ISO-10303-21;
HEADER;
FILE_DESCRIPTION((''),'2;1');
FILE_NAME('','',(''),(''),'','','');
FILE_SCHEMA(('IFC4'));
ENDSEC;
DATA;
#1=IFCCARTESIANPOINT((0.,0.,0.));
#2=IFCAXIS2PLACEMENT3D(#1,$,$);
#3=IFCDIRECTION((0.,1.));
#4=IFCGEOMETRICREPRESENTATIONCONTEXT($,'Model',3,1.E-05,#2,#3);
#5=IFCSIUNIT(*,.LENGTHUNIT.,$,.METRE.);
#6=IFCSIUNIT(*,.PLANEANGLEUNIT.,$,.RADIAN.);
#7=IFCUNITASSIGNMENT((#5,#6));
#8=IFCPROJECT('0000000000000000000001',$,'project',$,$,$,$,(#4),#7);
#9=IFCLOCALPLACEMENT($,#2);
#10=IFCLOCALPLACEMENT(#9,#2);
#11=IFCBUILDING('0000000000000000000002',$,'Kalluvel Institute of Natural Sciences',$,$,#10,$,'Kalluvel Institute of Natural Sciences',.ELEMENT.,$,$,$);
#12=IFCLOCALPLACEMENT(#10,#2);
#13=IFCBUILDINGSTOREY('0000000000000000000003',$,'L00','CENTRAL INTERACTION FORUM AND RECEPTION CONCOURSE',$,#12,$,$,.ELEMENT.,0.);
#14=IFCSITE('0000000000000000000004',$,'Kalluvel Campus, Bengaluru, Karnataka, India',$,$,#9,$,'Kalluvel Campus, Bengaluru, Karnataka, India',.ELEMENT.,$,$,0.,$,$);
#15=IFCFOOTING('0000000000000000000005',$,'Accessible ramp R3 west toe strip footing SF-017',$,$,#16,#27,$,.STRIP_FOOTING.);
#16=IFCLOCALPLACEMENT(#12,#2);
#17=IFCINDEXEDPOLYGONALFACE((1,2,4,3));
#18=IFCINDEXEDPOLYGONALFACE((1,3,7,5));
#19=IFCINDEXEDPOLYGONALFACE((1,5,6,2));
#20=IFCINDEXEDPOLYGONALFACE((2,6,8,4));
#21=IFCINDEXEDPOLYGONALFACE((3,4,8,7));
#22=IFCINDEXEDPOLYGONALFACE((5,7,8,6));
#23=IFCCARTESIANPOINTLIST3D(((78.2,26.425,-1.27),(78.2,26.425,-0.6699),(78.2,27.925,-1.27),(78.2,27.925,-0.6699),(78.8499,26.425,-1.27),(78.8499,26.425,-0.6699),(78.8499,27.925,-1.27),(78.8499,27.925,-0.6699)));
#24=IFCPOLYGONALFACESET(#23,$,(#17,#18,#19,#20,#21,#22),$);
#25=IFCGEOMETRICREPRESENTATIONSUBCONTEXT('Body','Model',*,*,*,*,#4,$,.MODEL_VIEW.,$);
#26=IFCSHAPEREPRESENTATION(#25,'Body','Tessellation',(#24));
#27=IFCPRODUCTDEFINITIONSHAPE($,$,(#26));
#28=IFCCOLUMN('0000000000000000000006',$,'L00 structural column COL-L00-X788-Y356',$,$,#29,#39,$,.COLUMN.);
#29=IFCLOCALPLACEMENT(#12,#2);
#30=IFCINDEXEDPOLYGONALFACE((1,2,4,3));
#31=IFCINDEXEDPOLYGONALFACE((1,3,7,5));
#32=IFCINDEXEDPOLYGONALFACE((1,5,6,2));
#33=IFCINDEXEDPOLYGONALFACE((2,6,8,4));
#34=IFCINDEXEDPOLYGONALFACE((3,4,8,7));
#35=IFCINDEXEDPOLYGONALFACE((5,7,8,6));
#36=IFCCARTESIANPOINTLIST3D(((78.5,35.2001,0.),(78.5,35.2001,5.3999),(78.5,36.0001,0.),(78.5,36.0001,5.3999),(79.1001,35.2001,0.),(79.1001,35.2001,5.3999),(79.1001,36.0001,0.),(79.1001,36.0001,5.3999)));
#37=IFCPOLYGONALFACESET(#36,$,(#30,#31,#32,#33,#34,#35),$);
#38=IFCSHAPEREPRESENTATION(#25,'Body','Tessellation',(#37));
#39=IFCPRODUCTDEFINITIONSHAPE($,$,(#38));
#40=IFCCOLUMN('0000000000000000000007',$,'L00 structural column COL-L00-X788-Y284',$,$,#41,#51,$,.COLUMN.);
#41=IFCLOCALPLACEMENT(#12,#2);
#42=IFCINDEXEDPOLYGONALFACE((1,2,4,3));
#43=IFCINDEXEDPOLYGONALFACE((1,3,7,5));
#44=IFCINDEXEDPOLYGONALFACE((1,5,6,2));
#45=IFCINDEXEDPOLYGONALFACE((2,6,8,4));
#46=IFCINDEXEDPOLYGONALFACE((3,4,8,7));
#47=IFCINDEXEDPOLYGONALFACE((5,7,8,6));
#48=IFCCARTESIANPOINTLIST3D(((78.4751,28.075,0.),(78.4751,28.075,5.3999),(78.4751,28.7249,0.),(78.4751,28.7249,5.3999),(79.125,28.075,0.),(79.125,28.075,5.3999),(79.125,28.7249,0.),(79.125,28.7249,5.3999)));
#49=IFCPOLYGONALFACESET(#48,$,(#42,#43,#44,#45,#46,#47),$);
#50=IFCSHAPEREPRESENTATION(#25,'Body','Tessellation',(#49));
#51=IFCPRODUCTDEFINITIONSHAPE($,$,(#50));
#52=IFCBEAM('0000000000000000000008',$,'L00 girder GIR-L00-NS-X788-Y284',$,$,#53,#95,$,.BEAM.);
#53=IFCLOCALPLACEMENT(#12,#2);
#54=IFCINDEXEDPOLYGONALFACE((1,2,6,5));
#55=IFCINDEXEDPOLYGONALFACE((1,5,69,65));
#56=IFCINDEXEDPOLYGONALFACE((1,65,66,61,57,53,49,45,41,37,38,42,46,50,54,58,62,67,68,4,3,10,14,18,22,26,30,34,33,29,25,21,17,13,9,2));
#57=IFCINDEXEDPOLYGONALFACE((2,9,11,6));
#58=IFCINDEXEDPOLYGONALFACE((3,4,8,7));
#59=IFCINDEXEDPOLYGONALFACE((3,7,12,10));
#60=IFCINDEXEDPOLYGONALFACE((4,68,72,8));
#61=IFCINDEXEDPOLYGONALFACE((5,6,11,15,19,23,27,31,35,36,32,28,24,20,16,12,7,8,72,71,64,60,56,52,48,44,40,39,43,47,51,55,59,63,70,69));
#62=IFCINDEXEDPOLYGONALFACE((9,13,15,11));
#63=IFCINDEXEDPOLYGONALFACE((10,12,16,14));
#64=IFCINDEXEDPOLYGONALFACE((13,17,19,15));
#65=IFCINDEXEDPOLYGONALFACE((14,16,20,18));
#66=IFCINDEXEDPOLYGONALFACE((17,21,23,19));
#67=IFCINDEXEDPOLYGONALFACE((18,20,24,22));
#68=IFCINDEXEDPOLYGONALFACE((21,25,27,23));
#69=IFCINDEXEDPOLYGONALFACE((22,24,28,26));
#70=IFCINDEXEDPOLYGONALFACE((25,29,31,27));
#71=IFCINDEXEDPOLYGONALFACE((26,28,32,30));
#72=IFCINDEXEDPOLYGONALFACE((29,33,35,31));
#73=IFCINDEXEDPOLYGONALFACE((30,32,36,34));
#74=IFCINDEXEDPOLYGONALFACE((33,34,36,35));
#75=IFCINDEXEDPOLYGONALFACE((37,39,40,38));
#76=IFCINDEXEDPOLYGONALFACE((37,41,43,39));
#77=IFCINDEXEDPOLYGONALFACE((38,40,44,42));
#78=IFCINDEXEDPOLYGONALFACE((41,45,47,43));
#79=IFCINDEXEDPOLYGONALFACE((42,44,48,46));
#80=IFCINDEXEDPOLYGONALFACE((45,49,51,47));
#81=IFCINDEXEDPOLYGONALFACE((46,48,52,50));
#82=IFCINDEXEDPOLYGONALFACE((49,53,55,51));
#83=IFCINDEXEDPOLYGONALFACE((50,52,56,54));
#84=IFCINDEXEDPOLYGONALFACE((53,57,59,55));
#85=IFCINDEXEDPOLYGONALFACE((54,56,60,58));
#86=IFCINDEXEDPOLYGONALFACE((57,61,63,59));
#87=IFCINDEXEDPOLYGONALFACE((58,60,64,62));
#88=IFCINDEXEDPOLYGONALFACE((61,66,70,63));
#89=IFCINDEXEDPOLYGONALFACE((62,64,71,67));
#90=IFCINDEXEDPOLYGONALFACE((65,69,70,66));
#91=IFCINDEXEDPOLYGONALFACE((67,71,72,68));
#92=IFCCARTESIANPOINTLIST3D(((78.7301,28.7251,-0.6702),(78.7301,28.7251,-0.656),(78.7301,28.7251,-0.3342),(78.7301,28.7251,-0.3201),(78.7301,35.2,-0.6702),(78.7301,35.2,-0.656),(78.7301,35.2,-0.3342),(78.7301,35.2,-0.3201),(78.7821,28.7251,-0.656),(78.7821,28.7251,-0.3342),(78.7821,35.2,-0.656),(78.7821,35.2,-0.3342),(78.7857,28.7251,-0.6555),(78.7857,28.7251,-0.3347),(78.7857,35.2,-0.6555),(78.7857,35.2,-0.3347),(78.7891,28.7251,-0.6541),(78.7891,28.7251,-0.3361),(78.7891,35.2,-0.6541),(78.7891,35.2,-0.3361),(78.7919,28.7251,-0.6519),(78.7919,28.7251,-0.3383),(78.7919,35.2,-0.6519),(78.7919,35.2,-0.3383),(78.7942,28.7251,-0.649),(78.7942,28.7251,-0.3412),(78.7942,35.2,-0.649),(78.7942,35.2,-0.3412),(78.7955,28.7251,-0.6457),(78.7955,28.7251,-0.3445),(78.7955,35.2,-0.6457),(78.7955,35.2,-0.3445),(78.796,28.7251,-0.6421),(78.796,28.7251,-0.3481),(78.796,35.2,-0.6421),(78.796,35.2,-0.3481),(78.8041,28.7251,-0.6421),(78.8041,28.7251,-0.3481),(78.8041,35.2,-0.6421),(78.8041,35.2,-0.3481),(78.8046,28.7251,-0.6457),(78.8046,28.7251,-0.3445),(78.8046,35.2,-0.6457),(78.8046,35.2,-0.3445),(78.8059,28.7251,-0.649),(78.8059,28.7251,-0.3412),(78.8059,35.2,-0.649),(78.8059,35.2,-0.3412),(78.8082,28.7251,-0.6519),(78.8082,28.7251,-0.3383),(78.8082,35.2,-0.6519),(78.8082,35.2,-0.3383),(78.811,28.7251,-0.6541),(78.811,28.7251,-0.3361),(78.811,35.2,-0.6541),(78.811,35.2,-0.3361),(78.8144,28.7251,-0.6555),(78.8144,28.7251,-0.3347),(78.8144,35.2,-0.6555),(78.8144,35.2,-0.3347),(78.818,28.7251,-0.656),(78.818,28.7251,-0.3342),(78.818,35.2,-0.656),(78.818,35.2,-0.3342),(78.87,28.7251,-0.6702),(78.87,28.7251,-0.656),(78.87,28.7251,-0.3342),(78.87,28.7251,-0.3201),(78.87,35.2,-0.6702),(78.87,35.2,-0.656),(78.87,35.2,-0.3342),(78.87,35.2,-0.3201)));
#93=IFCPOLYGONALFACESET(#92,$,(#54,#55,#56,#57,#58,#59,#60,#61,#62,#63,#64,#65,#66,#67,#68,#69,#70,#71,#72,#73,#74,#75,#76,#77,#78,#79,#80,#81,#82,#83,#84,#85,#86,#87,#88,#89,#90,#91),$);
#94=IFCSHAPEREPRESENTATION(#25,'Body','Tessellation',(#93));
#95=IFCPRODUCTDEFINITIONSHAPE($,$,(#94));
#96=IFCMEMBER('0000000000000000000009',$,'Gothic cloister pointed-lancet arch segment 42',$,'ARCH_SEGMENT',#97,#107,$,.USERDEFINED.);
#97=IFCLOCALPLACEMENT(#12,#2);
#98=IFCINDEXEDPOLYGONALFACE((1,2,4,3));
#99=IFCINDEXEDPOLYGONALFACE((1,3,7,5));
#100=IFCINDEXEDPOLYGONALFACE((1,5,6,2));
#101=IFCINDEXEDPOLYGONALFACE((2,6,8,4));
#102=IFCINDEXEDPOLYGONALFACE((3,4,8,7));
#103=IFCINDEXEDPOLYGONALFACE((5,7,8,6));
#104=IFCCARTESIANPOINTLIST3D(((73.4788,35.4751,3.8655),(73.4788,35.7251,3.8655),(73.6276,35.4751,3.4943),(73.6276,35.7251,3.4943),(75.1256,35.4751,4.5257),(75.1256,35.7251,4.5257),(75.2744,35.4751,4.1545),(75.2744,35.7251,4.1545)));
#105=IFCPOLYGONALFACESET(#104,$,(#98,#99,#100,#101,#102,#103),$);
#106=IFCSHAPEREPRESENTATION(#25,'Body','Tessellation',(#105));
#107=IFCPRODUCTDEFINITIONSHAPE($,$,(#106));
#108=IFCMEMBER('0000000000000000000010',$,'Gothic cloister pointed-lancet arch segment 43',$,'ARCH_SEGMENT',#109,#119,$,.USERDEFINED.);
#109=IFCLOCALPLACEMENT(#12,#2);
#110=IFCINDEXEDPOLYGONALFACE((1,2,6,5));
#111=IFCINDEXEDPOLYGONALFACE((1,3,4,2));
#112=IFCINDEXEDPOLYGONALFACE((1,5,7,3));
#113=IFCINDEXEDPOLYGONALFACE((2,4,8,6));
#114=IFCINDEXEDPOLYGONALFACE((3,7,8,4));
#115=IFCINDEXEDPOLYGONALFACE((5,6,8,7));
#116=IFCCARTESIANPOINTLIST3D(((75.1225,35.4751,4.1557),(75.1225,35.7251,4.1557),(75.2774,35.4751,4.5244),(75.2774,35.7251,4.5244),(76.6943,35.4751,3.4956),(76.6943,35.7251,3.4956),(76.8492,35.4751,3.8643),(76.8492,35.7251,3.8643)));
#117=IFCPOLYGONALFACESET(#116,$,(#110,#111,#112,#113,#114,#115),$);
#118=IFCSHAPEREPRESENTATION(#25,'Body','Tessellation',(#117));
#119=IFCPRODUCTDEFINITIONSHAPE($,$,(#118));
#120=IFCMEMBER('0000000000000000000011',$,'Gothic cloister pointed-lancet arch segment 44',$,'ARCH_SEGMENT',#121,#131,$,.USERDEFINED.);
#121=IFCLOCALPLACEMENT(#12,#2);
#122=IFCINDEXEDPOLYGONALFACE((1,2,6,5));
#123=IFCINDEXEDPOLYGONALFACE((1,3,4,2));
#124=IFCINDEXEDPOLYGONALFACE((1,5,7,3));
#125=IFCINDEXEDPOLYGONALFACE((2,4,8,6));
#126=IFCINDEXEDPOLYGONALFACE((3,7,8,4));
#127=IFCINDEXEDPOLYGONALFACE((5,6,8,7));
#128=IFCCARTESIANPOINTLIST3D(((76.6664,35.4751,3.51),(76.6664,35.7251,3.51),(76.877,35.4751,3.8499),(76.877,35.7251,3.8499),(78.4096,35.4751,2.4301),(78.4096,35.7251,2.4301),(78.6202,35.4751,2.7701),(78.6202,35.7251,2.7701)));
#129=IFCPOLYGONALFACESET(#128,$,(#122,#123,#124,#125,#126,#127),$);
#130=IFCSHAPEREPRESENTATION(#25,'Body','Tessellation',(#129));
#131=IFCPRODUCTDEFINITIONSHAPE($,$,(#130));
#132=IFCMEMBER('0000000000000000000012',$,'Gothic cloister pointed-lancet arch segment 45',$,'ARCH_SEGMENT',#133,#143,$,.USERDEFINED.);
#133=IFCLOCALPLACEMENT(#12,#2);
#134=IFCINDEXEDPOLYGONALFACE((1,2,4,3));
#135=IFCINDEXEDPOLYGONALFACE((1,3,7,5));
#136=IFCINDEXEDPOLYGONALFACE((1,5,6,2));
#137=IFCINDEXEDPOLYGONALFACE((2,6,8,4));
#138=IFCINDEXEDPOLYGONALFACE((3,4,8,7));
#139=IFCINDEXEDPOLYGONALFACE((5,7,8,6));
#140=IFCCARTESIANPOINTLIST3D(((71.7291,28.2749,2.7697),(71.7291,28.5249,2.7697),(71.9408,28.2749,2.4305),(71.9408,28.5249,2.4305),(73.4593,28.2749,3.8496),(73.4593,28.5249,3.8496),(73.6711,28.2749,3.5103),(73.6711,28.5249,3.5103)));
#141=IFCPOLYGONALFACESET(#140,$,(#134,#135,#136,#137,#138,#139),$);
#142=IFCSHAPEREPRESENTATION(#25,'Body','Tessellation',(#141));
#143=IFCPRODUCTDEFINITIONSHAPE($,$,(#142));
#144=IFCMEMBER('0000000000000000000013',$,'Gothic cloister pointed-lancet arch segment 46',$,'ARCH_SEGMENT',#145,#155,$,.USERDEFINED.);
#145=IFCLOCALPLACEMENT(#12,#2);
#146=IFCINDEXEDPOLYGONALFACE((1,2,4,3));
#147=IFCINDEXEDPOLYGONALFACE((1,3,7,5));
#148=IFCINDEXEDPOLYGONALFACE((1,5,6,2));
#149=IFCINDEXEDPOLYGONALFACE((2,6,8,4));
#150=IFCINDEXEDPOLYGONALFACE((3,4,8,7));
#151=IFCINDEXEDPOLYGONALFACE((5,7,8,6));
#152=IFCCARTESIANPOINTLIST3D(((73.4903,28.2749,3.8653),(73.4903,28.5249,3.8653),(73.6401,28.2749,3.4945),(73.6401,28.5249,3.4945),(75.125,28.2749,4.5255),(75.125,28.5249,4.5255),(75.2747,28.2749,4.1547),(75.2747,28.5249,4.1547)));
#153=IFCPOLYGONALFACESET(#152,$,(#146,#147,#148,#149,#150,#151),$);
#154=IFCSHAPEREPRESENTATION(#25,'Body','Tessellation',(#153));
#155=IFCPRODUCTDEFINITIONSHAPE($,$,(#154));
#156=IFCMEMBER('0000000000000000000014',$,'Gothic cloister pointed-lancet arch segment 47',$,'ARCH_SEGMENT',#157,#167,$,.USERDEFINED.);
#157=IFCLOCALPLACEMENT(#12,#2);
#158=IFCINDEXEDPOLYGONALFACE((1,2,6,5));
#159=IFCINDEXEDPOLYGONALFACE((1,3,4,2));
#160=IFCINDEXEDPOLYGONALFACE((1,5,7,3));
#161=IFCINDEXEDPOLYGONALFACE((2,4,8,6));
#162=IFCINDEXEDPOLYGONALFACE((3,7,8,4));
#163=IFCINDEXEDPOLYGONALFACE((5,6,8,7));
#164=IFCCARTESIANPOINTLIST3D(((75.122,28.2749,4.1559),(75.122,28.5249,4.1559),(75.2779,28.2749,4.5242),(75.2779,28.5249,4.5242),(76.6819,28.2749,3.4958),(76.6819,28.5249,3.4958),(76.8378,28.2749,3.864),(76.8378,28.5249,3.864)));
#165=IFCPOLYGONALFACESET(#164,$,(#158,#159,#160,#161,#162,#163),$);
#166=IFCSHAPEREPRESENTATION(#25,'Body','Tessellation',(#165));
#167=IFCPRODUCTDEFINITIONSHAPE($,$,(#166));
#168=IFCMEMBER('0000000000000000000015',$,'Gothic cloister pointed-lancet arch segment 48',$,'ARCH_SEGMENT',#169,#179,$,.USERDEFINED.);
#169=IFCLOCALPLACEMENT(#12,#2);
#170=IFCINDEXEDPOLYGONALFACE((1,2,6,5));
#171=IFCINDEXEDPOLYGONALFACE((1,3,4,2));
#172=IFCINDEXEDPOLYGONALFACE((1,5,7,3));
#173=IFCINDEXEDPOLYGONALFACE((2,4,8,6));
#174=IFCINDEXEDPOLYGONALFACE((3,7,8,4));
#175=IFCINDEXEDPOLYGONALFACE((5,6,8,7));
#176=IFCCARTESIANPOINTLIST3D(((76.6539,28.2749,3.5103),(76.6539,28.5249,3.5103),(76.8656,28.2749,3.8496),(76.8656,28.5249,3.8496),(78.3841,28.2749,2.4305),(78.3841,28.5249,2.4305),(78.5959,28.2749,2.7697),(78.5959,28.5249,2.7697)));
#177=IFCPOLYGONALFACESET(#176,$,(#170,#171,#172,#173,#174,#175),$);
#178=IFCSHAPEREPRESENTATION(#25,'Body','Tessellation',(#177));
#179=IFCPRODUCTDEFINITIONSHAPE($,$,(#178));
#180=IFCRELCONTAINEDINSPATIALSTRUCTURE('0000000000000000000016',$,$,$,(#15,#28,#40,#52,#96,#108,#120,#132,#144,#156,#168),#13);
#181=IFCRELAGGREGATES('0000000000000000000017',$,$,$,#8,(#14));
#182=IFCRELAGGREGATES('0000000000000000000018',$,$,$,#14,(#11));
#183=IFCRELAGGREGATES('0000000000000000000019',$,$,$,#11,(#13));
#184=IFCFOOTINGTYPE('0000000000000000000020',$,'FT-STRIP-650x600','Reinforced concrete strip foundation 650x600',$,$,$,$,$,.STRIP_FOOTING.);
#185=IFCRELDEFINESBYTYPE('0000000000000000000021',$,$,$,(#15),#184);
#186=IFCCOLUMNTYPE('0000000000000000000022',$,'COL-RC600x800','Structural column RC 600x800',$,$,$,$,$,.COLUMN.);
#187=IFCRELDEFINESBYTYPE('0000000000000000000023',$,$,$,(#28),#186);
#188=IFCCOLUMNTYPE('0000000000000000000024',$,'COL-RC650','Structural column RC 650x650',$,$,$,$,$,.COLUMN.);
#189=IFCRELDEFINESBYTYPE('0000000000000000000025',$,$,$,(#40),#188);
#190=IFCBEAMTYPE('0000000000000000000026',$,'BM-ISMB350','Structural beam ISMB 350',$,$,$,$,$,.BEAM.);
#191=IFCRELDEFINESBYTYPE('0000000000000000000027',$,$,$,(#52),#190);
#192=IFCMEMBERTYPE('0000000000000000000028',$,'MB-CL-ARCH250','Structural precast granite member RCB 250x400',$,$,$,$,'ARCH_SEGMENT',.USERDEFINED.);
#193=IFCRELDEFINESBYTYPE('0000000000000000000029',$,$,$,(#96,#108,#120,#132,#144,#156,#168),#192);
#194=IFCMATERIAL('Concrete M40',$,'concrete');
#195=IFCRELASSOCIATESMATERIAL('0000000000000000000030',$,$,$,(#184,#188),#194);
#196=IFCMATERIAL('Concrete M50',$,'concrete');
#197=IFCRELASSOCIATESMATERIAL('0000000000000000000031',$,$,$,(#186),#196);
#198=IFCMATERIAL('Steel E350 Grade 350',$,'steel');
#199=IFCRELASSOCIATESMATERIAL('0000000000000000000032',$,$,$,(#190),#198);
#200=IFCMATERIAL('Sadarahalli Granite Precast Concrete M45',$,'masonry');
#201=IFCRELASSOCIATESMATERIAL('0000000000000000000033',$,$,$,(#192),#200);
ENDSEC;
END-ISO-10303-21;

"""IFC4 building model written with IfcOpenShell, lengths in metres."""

from ifc_helpers import new_model, si_unit, direction, frame, origin, origin_2d, place, context, subcontext, project, spatial, rectangle, i_section, extrude, material, material_profile, profile_set, type_object, element, save


model = new_model("IFC4")

# Units and contexts
model_context = context("Model", 3, precision=1e-05, world=origin(), true_north=direction((0.0, 1.0)))
body_context = subcontext(model_context, "Body", "Model", "MODEL_VIEW")
ifc_project = project(units=[si_unit("LENGTHUNIT", "METRE"), si_unit("PLANEANGLEUNIT", "RADIAN")], contexts=[model_context])

# Site, building, storey
site_placement = place(None, origin())
site = spatial("IfcSite", under=ifc_project, at=site_placement, Name="Kalluvel Campus, Bengaluru, Karnataka, India", LongName="Kalluvel Campus, Bengaluru, Karnataka, India", CompositionType="ELEMENT", RefElevation=0.0)
building_placement = place(site_placement, origin())
building = spatial("IfcBuilding", under=site, at=building_placement, Name="Kalluvel Institute of Natural Sciences", LongName="Kalluvel Institute of Natural Sciences", CompositionType="ELEMENT")
storey_placement = place(building_placement, origin())
storey = spatial("IfcBuildingStorey", under=building, at=storey_placement, Name="L00", Description="CENTRAL INTERACTION FORUM AND RECEPTION CONCOURSE", CompositionType="ELEMENT", Elevation=0.0)

# Footing
ifc_material_1 = material(Name="Concrete M40", Category="concrete")
footing_type = type_object("IfcFootingType", Name="FT-STRIP-650x600", Description="Reinforced concrete strip foundation 650x600", PredefinedType="STRIP_FOOTING", material=ifc_material_1)
footing_placement = place(storey_placement, frame((78.5249, 27.175, -1.27), z_axis=(0.0, 0.0, 1.0), x_axis=(1.0, 0.0, 0.0)))
element("IfcFooting", 1, at=footing_placement, inside=storey, type_object=footing_type, Name="Accessible ramp R3 west toe strip footing SF-017", PredefinedType="STRIP_FOOTING", context=body_context, shape_type="SweptSolid", body=[
    extrude(rectangle(XDim=0.6499, YDim=1.5, at=origin_2d()), origin(), (0.0, 0.0, 1.0), 0.6001),
])

# Columns
ifc_material_2 = material(Name="Concrete M50", Category="concrete")
ifc_material_profile_1 = material_profile(ifc_material_2, rectangle(XDim=0.6001, YDim=0.8, at=origin_2d()), Name="RC 600x800")
ifc_profile_set_1 = profile_set([ifc_material_profile_1], Name="Concrete M50")
column_type_1 = type_object("IfcColumnType", Name="COL-RC600x800", Description="Structural column RC 600x800", PredefinedType="COLUMN", material=ifc_profile_set_1)
column_1_placement = place(storey_placement, frame((78.8, 35.6001, 0.0), z_axis=(0.0, 0.0, 1.0), x_axis=(1.0, 0.0, 0.0)))
element("IfcColumn", 2, at=column_1_placement, inside=storey, type_object=column_type_1, Name="L00 structural column COL-L00-X788-Y356", PredefinedType="COLUMN", context=body_context, shape_type="SweptSolid", body=[
    extrude(rectangle(XDim=0.6001, YDim=0.8, at=origin_2d()), origin(), (0.0, 0.0, 1.0), 5.3999),
])
ifc_material_profile_2 = material_profile(ifc_material_1, rectangle(XDim=0.6499, YDim=0.6499, at=origin_2d()), Name="RC 650x650")
ifc_profile_set_2 = profile_set([ifc_material_profile_2], Name="Concrete M40")
column_type_2 = type_object("IfcColumnType", Name="COL-RC650", Description="Structural column RC 650x650", PredefinedType="COLUMN", material=ifc_profile_set_2)
column_2_placement = place(storey_placement, frame((78.8, 28.3999, 0.0), z_axis=(0.0, 0.0, 1.0), x_axis=(1.0, 0.0, 0.0)))
element("IfcColumn", 3, at=column_2_placement, inside=storey, type_object=column_type_2, Name="L00 structural column COL-L00-X788-Y284", PredefinedType="COLUMN", context=body_context, shape_type="SweptSolid", body=[
    extrude(rectangle(XDim=0.6499, YDim=0.6499, at=origin_2d()), origin(), (0.0, 0.0, 1.0), 5.3999),
])

# Beam
ifc_material_3 = material(Name="Steel E350 Grade 350", Category="steel")
ifc_material_profile_3 = material_profile(ifc_material_3, i_section(OverallWidth=0.1399, OverallDepth=0.3501, WebThickness=0.0081, FlangeThickness=0.0142, FilletRadius=0.0139, at=origin_2d()), Name="ISMB 350")
ifc_profile_set_3 = profile_set([ifc_material_profile_3], Name="Steel E350 Grade 350")
beam_type_1 = type_object("IfcBeamType", Name="BM-ISMB350", Description="Structural beam ISMB 350", PredefinedType="BEAM", material=ifc_profile_set_3)
beam_1_placement = place(storey_placement, frame((78.8, 28.7251, -0.4951), z_axis=(0.0, 1.0, 0.0), x_axis=(-1.0, 0.0, 0.0)))
element("IfcBeam", 4, at=beam_1_placement, inside=storey, type_object=beam_type_1, Name="L00 girder GIR-L00-NS-X788-Y284", PredefinedType="BEAM", context=body_context, shape_type="SweptSolid", body=[
    extrude(i_section(OverallWidth=0.1399, OverallDepth=0.3501, WebThickness=0.0081, FlangeThickness=0.0142, FilletRadius=0.0139, at=origin_2d()), origin(), (0.0, 0.0, 1.0), 6.4749),
])

# Members
ifc_material_4 = material(Name="Sadarahalli Granite Precast Concrete M45", Category="masonry")
ifc_material_profile_4 = material_profile(ifc_material_4, rectangle(XDim=0.25, YDim=0.3999, at=origin_2d()), Name="RCB 250x400")
ifc_profile_set_4 = profile_set([ifc_material_profile_4], Name="Sadarahalli Granite Precast Concrete M45")
member_type = type_object("IfcMemberType", Name="MB-CL-ARCH250", Description="Structural precast granite member RCB 250x400", ElementType="ARCH_SEGMENT", PredefinedType="USERDEFINED", material=ifc_profile_set_4)
member_1_placement = place(storey_placement, frame((73.5532, 35.6001, 3.6799), z_axis=(0.928192, 0.0, 0.372102), x_axis=(0.0, 1.0, 0.0)))
element("IfcMember", 5, at=member_1_placement, inside=storey, type_object=member_type, Name="Gothic cloister pointed-lancet arch segment 42", ObjectType="ARCH_SEGMENT", PredefinedType="USERDEFINED", context=body_context, shape_type="SweptSolid", body=[
    extrude(rectangle(XDim=0.25, YDim=0.3999, at=origin_2d()), origin(), (0.0, 0.0, 1.0), 1.7742),
])
member_2_placement = place(storey_placement, frame((75.2, 35.6001, 4.3401), z_axis=(0.92198, 0.0, -0.387237), x_axis=(0.0, 1.0, 0.0)))
element("IfcMember", 6, at=member_2_placement, inside=storey, type_object=member_type, Name="Gothic cloister pointed-lancet arch segment 43", ObjectType="ARCH_SEGMENT", PredefinedType="USERDEFINED", context=body_context, shape_type="SweptSolid", body=[
    extrude(rectangle(XDim=0.25, YDim=0.3999, at=origin_2d()), origin(), (0.0, 0.0, 1.0), 1.7048),
])
member_3_placement = place(storey_placement, frame((76.7717, 35.6001, 3.6799), z_axis=(0.850105, 0.0, -0.526613), x_axis=(0.0, 1.0, 0.0)))
element("IfcMember", 7, at=member_3_placement, inside=storey, type_object=member_type, Name="Gothic cloister pointed-lancet arch segment 44", ObjectType="ARCH_SEGMENT", PredefinedType="USERDEFINED", context=body_context, shape_type="SweptSolid", body=[
    extrude(rectangle(XDim=0.25, YDim=0.3999, at=origin_2d()), origin(), (0.0, 0.0, 1.0), 2.0505),
])
member_4_placement = place(storey_placement, frame((71.835, 28.3999, 2.6001), z_axis=(0.848341, 0.0, 0.52945), x_axis=(0.0, 1.0, 0.0)))
element("IfcMember", 8, at=member_4_placement, inside=storey, type_object=member_type, Name="Gothic cloister pointed-lancet arch segment 45", ObjectType="ARCH_SEGMENT", PredefinedType="USERDEFINED", context=body_context, shape_type="SweptSolid", body=[
    extrude(rectangle(XDim=0.25, YDim=0.3999, at=origin_2d()), origin(), (0.0, 0.0, 1.0), 2.0396),
])
member_5_placement = place(storey_placement, frame((73.5652, 28.3999, 3.6799), z_axis=(0.927249, 0.0, 0.374445), x_axis=(0.0, 1.0, 0.0)))
element("IfcMember", 9, at=member_5_placement, inside=storey, type_object=member_type, Name="Gothic cloister pointed-lancet arch segment 46", ObjectType="ARCH_SEGMENT", PredefinedType="USERDEFINED", context=body_context, shape_type="SweptSolid", body=[
    extrude(rectangle(XDim=0.25, YDim=0.3999, at=origin_2d()), origin(), (0.0, 0.0, 1.0), 1.7629),
])
member_6_placement = place(storey_placement, frame((75.2, 28.3999, 4.3401), z_axis=(0.920918, 0.0, -0.389758), x_axis=(0.0, 1.0, 0.0)))
element("IfcMember", 10, at=member_6_placement, inside=storey, type_object=member_type, Name="Gothic cloister pointed-lancet arch segment 47", ObjectType="ARCH_SEGMENT", PredefinedType="USERDEFINED", context=body_context, shape_type="SweptSolid", body=[
    extrude(rectangle(XDim=0.25, YDim=0.3999, at=origin_2d()), origin(), (0.0, 0.0, 1.0), 1.6938),
])
member_7_placement = place(storey_placement, frame((76.7598, 28.3999, 3.6799), z_axis=(0.848341, 0.0, -0.52945), x_axis=(0.0, 1.0, 0.0)))
element("IfcMember", 11, at=member_7_placement, inside=storey, type_object=member_type, Name="Gothic cloister pointed-lancet arch segment 48", ObjectType="ARCH_SEGMENT", PredefinedType="USERDEFINED", context=body_context, shape_type="SweptSolid", body=[
    extrude(rectangle(XDim=0.25, YDim=0.3999, at=origin_2d()), origin(), (0.0, 0.0, 1.0), 2.0396),
])

save(model, "model.ifc")
